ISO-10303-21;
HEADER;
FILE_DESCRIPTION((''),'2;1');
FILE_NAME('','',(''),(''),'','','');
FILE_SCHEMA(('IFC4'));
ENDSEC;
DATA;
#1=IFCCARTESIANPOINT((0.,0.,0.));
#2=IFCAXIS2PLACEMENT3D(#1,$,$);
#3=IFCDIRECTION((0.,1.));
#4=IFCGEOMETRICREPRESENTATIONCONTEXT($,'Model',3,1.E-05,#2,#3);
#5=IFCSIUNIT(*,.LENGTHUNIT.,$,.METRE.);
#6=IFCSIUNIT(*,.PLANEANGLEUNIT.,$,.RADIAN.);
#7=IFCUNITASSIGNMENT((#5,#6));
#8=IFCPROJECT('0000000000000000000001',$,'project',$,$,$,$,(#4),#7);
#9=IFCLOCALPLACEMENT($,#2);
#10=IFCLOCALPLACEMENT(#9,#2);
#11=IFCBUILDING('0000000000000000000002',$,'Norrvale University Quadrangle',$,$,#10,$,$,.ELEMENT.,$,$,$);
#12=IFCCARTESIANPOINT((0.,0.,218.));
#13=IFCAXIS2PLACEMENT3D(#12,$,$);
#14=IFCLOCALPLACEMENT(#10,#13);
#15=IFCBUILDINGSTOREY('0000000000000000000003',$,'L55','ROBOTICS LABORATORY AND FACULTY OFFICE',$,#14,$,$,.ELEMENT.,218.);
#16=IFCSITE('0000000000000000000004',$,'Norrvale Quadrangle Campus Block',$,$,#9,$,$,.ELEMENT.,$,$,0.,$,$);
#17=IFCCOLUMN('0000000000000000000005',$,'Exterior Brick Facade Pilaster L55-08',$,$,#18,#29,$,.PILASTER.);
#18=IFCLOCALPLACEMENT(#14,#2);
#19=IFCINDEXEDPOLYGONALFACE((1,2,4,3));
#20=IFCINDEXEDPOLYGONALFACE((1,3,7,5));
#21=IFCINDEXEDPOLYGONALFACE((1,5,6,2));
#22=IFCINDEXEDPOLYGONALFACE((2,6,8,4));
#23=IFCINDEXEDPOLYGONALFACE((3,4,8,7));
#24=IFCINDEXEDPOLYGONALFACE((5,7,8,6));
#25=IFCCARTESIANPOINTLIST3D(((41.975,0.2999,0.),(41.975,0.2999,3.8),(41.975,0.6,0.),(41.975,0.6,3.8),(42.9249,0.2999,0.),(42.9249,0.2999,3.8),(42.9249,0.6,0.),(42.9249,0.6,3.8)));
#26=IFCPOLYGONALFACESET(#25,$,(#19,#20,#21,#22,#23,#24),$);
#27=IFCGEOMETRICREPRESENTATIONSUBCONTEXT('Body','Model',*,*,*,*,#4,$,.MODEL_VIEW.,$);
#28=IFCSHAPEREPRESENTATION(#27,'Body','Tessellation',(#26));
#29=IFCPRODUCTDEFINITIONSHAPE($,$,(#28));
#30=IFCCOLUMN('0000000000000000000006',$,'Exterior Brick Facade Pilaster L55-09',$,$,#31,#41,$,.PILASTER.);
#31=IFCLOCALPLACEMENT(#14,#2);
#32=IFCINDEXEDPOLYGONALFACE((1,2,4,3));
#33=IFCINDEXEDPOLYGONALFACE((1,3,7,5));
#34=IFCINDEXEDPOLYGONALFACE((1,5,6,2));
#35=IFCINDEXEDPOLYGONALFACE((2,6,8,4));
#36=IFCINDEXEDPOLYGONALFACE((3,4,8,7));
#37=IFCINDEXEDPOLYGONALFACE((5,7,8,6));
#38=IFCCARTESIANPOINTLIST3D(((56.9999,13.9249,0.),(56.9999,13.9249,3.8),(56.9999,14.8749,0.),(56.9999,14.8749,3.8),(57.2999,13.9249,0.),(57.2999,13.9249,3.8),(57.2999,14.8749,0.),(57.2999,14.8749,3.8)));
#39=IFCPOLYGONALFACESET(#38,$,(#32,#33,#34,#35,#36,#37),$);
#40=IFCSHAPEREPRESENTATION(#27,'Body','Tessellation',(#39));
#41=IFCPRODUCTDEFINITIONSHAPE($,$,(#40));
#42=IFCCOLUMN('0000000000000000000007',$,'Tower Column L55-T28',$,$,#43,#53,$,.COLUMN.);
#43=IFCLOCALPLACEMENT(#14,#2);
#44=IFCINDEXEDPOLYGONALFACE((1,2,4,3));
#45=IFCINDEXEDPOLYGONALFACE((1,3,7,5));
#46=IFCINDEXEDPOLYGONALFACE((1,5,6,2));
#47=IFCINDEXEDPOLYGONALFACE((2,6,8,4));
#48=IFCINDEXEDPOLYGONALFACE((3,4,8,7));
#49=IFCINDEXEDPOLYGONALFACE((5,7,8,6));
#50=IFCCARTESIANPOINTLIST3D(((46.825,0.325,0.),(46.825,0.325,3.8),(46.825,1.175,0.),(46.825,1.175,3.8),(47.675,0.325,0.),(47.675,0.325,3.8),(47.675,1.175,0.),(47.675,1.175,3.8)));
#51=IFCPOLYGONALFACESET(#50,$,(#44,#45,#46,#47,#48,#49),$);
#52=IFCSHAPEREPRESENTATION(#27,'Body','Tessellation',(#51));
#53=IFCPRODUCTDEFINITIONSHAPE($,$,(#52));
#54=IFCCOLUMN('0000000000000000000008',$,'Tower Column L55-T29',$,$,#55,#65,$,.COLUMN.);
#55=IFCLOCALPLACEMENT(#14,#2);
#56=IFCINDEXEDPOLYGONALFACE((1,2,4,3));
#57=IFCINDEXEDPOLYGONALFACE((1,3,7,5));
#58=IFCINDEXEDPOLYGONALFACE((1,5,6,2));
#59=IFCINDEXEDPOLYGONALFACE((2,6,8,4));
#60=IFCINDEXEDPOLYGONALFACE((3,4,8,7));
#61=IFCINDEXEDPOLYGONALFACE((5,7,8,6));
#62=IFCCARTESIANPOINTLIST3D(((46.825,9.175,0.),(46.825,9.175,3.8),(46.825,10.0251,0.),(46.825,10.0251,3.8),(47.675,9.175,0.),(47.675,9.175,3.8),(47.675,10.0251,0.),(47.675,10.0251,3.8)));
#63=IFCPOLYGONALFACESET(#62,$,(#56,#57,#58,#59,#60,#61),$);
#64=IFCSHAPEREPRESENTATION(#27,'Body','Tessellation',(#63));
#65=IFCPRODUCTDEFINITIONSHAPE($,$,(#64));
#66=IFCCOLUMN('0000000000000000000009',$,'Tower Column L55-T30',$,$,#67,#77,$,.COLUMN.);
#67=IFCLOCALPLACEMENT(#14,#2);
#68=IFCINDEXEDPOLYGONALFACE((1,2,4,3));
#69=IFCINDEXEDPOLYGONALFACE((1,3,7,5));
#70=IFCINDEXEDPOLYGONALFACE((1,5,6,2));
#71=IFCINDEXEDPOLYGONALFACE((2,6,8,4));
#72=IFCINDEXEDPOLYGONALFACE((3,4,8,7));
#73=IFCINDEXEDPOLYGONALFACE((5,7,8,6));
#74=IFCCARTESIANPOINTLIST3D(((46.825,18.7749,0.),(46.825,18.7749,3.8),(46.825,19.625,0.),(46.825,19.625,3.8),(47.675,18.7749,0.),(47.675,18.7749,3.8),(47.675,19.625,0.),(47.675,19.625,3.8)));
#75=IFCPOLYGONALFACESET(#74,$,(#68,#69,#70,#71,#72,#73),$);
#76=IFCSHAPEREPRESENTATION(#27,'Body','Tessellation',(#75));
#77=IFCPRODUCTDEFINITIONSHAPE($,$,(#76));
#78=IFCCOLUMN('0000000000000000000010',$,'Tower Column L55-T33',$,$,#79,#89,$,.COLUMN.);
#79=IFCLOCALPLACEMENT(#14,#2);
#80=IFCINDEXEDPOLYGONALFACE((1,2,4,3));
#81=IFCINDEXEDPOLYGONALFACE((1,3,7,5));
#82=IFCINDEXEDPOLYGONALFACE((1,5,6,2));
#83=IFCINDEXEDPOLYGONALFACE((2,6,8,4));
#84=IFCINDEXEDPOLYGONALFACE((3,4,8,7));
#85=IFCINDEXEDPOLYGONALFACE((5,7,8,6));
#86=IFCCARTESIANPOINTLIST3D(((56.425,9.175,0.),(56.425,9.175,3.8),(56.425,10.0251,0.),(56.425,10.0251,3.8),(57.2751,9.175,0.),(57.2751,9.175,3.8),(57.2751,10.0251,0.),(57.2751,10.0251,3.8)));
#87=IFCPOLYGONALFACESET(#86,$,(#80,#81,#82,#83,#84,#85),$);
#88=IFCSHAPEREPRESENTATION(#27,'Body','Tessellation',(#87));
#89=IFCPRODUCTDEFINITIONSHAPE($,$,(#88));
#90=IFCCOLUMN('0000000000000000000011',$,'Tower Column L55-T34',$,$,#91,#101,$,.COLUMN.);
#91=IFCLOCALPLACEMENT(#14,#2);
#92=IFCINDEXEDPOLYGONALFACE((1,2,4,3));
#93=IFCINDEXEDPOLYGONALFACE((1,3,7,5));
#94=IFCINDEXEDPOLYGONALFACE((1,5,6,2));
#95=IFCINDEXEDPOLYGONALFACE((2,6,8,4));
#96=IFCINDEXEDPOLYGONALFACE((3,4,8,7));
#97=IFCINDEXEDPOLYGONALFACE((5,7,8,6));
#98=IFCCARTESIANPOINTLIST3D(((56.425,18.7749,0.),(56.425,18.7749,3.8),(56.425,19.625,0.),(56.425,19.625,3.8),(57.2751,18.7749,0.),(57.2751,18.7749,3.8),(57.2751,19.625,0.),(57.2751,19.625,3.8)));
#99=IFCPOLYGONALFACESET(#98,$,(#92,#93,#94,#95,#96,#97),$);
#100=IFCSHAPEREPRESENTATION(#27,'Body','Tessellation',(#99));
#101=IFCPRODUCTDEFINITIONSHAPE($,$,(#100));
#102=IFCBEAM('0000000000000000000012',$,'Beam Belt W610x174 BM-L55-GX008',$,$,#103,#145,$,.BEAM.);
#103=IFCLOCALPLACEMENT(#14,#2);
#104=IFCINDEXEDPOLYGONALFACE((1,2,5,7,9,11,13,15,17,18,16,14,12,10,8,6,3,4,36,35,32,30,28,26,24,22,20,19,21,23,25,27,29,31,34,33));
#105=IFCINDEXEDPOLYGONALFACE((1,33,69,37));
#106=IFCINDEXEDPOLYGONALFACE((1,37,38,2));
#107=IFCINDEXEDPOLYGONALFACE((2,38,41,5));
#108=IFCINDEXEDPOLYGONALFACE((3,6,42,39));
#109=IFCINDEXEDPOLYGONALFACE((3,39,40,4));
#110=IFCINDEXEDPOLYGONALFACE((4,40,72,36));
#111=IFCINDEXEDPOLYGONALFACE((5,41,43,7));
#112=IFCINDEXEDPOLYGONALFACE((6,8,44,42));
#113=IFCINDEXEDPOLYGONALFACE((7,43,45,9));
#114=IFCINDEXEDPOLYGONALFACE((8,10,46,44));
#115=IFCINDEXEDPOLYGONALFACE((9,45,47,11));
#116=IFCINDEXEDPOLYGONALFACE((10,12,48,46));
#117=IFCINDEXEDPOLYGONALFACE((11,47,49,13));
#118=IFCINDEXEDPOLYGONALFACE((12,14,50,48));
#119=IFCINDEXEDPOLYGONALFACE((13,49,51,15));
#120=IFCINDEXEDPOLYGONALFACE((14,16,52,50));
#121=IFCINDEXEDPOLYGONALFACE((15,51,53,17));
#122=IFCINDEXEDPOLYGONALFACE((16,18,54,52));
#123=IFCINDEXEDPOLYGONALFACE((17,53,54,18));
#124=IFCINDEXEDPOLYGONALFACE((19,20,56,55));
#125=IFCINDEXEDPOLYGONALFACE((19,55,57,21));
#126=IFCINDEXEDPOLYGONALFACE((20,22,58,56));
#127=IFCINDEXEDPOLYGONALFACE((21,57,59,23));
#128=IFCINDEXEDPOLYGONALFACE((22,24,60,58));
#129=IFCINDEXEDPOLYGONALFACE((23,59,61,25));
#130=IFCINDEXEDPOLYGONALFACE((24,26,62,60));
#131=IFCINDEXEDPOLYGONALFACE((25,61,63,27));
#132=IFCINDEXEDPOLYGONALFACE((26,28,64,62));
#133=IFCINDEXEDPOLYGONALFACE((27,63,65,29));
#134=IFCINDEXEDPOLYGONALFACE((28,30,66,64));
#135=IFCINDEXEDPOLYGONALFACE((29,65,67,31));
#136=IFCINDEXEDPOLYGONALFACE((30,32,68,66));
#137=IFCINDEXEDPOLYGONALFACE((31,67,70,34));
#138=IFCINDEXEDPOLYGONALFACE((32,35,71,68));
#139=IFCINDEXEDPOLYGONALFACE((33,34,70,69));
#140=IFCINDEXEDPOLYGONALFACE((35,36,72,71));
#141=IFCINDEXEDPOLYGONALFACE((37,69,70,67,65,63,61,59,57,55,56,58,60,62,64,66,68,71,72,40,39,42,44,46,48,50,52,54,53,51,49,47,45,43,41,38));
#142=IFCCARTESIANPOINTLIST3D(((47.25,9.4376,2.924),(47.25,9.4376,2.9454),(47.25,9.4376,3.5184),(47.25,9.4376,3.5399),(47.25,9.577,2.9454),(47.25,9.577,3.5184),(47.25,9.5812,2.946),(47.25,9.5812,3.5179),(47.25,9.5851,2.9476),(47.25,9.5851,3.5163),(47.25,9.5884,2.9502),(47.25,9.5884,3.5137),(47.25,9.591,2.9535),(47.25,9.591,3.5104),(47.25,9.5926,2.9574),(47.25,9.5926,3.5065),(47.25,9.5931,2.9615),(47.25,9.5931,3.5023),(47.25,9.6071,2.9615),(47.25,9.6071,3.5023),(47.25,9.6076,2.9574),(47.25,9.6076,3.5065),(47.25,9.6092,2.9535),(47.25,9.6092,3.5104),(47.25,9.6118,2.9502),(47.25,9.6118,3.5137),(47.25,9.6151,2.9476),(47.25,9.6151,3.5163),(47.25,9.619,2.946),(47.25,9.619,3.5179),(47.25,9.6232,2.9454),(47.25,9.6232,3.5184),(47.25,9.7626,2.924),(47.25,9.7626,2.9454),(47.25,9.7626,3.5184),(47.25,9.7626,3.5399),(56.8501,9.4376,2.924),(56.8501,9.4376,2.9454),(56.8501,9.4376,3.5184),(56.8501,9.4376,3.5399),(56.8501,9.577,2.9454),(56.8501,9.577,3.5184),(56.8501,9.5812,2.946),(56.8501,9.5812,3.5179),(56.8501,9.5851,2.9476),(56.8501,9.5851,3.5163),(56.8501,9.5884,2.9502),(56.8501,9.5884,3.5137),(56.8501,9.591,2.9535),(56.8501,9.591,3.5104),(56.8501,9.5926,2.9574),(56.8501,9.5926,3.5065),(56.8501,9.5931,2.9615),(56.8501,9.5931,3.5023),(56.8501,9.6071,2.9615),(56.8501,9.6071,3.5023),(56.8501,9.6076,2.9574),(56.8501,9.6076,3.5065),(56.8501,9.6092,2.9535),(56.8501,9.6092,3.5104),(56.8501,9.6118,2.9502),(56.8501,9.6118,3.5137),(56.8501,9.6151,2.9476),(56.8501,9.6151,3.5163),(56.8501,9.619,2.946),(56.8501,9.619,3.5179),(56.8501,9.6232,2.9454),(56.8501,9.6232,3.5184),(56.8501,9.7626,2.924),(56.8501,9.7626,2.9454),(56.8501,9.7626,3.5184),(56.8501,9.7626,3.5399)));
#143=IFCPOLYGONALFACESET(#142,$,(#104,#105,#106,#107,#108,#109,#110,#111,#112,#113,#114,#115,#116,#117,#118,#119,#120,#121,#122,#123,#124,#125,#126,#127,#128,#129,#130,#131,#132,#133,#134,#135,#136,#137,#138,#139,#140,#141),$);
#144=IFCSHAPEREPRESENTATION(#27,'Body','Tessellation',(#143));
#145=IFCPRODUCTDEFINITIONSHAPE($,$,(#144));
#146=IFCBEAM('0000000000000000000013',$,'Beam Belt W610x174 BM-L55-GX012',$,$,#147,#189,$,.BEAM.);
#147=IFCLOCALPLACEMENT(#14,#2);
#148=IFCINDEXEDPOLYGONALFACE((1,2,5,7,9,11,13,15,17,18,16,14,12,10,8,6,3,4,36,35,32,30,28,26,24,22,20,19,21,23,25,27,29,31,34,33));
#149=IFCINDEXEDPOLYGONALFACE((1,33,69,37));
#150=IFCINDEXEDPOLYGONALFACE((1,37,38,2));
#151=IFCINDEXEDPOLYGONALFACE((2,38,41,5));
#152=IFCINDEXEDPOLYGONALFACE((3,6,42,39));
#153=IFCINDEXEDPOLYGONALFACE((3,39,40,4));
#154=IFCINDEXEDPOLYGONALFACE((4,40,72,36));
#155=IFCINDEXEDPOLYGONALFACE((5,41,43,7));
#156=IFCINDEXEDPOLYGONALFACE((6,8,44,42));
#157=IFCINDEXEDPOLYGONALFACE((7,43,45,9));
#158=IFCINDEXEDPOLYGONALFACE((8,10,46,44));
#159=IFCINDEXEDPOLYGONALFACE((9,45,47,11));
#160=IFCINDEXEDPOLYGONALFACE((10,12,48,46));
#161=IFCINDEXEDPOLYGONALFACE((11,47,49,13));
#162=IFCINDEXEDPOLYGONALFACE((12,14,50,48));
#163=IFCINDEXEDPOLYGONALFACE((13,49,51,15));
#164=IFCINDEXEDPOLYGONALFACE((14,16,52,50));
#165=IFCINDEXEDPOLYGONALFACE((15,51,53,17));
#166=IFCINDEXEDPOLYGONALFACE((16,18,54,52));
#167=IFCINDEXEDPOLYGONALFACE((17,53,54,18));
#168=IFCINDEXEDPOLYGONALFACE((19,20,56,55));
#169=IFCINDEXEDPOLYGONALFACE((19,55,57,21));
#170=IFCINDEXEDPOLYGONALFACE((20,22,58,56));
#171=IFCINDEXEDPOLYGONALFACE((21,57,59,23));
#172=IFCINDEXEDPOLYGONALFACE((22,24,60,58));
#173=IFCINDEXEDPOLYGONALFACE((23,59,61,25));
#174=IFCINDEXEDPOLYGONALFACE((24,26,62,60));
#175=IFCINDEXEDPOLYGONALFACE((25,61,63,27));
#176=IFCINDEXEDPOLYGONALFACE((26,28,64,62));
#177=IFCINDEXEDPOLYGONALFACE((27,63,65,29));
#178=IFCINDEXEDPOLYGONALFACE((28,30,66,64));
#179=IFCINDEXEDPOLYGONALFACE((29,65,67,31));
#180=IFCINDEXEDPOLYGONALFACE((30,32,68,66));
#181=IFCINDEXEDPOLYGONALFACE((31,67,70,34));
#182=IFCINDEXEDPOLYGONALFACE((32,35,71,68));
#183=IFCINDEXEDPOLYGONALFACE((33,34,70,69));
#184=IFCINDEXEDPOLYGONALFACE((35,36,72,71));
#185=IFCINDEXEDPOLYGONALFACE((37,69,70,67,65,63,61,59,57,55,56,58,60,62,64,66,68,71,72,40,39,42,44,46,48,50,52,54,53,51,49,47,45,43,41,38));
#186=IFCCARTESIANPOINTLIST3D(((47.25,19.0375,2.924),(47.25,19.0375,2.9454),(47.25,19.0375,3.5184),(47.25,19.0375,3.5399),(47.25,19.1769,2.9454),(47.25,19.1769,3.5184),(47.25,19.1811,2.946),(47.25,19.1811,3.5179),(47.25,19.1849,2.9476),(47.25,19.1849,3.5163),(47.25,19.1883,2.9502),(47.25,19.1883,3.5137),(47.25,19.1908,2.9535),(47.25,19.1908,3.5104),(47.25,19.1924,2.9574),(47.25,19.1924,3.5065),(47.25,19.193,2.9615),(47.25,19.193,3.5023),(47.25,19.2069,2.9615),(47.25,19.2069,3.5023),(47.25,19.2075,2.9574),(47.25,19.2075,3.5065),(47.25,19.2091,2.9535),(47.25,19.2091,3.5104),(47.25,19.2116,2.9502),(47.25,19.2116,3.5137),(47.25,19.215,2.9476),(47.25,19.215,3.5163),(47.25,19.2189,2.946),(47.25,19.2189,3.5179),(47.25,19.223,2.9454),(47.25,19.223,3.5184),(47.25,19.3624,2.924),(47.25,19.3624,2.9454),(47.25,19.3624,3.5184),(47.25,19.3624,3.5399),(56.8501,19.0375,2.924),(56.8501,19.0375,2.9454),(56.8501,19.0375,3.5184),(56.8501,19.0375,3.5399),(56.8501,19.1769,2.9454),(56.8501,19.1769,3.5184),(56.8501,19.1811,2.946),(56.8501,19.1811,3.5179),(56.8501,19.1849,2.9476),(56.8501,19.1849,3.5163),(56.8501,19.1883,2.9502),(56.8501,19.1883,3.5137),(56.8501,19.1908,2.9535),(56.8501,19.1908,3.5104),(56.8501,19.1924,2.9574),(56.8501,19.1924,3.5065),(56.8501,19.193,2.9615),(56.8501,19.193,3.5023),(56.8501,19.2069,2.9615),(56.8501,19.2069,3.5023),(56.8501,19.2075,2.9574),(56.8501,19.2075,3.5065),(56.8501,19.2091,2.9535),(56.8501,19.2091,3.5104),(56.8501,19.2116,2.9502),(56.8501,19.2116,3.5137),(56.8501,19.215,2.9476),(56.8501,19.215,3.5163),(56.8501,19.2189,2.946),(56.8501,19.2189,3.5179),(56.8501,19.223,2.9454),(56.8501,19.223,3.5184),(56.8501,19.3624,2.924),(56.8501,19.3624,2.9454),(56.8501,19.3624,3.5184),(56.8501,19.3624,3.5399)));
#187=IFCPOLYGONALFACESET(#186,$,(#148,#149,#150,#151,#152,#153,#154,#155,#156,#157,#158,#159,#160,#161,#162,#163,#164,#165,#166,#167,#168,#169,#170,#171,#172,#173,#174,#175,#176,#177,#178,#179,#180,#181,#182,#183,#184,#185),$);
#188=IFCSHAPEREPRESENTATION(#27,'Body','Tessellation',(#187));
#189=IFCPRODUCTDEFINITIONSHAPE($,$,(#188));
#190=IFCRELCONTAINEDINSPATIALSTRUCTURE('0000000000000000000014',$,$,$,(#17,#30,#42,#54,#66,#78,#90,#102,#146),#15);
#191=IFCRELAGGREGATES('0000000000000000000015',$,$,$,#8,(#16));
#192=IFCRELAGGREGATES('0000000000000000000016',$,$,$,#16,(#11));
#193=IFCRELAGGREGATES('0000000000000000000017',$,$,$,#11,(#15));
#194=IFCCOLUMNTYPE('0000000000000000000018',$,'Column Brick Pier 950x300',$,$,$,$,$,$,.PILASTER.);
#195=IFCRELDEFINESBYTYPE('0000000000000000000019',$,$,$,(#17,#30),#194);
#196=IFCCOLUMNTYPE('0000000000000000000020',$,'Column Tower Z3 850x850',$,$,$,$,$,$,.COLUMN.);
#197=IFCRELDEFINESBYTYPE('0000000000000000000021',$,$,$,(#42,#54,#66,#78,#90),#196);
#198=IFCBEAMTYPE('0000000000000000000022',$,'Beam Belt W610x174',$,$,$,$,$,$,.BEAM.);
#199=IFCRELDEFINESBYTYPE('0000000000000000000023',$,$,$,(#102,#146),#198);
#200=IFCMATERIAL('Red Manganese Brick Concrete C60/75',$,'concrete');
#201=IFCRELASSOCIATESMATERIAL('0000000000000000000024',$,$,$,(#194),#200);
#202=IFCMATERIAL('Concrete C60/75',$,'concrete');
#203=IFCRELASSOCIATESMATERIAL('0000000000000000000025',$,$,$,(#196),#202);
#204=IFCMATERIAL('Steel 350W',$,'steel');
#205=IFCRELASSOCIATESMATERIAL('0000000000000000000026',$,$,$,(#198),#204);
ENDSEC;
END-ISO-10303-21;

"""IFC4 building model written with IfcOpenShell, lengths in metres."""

from ifc_helpers import new_model, si_unit, direction, frame, origin, origin_2d, place, context, subcontext, project, spatial, rectangle, i_section, extrude, material, material_profile, profile_set, type_object, element, save


model = new_model("IFC4")

# Units and contexts
model_context = context("Model", 3, precision=1e-05, world=origin(), true_north=direction((0.0, 1.0)))
body_context = subcontext(model_context, "Body", "Model", "MODEL_VIEW")
ifc_project = project(units=[si_unit("LENGTHUNIT", "METRE"), si_unit("PLANEANGLEUNIT", "RADIAN")], contexts=[model_context])

# Site, building, storey
site_placement = place(None, origin())
site = spatial("IfcSite", under=ifc_project, at=site_placement, Name="Norrvale Quadrangle Campus Block", CompositionType="ELEMENT", RefElevation=0.0)
building_placement = place(site_placement, origin())
building = spatial("IfcBuilding", under=site, at=building_placement, Name="Norrvale University Quadrangle", CompositionType="ELEMENT")
storey_placement = place(building_placement, frame((0.0, 0.0, 218.0)))
storey = spatial("IfcBuildingStorey", under=building, at=storey_placement, Name="L55", Description="ROBOTICS LABORATORY AND FACULTY OFFICE", CompositionType="ELEMENT", Elevation=218.0)

# Columns
ifc_material_1 = material(Name="Red Manganese Brick Concrete C60/75", Category="concrete")
ifc_material_profile_1 = material_profile(ifc_material_1, rectangle(XDim=0.95, YDim=0.3, at=origin_2d()), Name="Red Manganese Brick Concrete C60/75")
ifc_profile_set_1 = profile_set([ifc_material_profile_1], Name="Red Manganese Brick Concrete C60/75")
column_type_1 = type_object("IfcColumnType", Name="Column Brick Pier 950x300", PredefinedType="PILASTER", material=ifc_profile_set_1)
for number, where, z_axis, x_axis, name in (
    (1, (42.45, 0.45, 0.0), (0.0, 0.0, 1.0), (1.0, 0.0, 0.0), "Exterior Brick Facade Pilaster L55-08"),
    (2, (57.1499, 14.3999, 0.0), (0.0, 0.0, 1.0), (0.0, 1.0, 0.0), "Exterior Brick Facade Pilaster L55-09"),
):
    element("IfcColumn", number, at=place(storey_placement, frame(where, z_axis=z_axis, x_axis=x_axis)), inside=storey, type_object=column_type_1, Name=name, PredefinedType="PILASTER", context=body_context, shape_type="SweptSolid", body=[
        extrude(rectangle(XDim=0.95, YDim=0.3, at=origin_2d()), origin(), (0.0, 0.0, 1.0), 3.8),
    ])
ifc_material_2 = material(Name="Concrete C60/75", Category="concrete")
ifc_material_profile_2 = material_profile(ifc_material_2, rectangle(XDim=0.8501, YDim=0.8501, at=origin_2d()), Name="Concrete C60/75")
ifc_profile_set_2 = profile_set([ifc_material_profile_2], Name="Concrete C60/75")
column_type_2 = type_object("IfcColumnType", Name="Column Tower Z3 850x850", PredefinedType="COLUMN", material=ifc_profile_set_2)
for number, where, z_axis, x_axis, name in (
    (3, (47.25, 0.75, 0.0), (0.0, 0.0, 1.0), (1.0, 0.0, 0.0), "Tower Column L55-T28"),
    (4, (47.25, 9.6001, 0.0), (0.0, 0.0, 1.0), (1.0, 0.0, 0.0), "Tower Column L55-T29"),
    (5, (47.25, 19.2, 0.0), (0.0, 0.0, 1.0), (1.0, 0.0, 0.0), "Tower Column L55-T30"),
    (6, (56.8501, 9.6001, 0.0), (0.0, 0.0, 1.0), (1.0, 0.0, 0.0), "Tower Column L55-T33"),
    (7, (56.8501, 19.2, 0.0), (0.0, 0.0, 1.0), (1.0, 0.0, 0.0), "Tower Column L55-T34"),
):
    element("IfcColumn", number, at=place(storey_placement, frame(where, z_axis=z_axis, x_axis=x_axis)), inside=storey, type_object=column_type_2, Name=name, PredefinedType="COLUMN", context=body_context, shape_type="SweptSolid", body=[
        extrude(rectangle(XDim=0.8501, YDim=0.8501, at=origin_2d()), origin(), (0.0, 0.0, 1.0), 3.8),
    ])

# Beams
ifc_material_3 = material(Name="Steel 350W", Category="steel")
ifc_material_profile_3 = material_profile(ifc_material_3, i_section(OverallWidth=0.325, OverallDepth=0.616, WebThickness=0.0139, FlangeThickness=0.0215, FilletRadius=0.0161, at=origin_2d()), Name="Steel 350W")
ifc_profile_set_3 = profile_set([ifc_material_profile_3], Name="Steel 350W")
beam_type_1 = type_object("IfcBeamType", Name="Beam Belt W610x174", PredefinedType="BEAM", material=ifc_profile_set_3)
for number, where, z_axis, x_axis, name in (
    (8, (47.25, 9.6001, 3.2319), (1.0, 0.0, 0.0), (0.0, 1.0, 0.0), "Beam Belt W610x174 BM-L55-GX008"),
    (9, (47.25, 19.2, 3.2319), (1.0, 0.0, 0.0), (0.0, 1.0, 0.0), "Beam Belt W610x174 BM-L55-GX012"),
):
    element("IfcBeam", number, at=place(storey_placement, frame(where, z_axis=z_axis, x_axis=x_axis)), inside=storey, type_object=beam_type_1, Name=name, PredefinedType="BEAM", context=body_context, shape_type="SweptSolid", body=[
        extrude(i_section(OverallWidth=0.325, OverallDepth=0.616, WebThickness=0.0139, FlangeThickness=0.0215, FilletRadius=0.0161, at=origin_2d()), origin(), (0.0, 0.0, 1.0), 9.6001),
    ])

save(model, "model.ifc")
